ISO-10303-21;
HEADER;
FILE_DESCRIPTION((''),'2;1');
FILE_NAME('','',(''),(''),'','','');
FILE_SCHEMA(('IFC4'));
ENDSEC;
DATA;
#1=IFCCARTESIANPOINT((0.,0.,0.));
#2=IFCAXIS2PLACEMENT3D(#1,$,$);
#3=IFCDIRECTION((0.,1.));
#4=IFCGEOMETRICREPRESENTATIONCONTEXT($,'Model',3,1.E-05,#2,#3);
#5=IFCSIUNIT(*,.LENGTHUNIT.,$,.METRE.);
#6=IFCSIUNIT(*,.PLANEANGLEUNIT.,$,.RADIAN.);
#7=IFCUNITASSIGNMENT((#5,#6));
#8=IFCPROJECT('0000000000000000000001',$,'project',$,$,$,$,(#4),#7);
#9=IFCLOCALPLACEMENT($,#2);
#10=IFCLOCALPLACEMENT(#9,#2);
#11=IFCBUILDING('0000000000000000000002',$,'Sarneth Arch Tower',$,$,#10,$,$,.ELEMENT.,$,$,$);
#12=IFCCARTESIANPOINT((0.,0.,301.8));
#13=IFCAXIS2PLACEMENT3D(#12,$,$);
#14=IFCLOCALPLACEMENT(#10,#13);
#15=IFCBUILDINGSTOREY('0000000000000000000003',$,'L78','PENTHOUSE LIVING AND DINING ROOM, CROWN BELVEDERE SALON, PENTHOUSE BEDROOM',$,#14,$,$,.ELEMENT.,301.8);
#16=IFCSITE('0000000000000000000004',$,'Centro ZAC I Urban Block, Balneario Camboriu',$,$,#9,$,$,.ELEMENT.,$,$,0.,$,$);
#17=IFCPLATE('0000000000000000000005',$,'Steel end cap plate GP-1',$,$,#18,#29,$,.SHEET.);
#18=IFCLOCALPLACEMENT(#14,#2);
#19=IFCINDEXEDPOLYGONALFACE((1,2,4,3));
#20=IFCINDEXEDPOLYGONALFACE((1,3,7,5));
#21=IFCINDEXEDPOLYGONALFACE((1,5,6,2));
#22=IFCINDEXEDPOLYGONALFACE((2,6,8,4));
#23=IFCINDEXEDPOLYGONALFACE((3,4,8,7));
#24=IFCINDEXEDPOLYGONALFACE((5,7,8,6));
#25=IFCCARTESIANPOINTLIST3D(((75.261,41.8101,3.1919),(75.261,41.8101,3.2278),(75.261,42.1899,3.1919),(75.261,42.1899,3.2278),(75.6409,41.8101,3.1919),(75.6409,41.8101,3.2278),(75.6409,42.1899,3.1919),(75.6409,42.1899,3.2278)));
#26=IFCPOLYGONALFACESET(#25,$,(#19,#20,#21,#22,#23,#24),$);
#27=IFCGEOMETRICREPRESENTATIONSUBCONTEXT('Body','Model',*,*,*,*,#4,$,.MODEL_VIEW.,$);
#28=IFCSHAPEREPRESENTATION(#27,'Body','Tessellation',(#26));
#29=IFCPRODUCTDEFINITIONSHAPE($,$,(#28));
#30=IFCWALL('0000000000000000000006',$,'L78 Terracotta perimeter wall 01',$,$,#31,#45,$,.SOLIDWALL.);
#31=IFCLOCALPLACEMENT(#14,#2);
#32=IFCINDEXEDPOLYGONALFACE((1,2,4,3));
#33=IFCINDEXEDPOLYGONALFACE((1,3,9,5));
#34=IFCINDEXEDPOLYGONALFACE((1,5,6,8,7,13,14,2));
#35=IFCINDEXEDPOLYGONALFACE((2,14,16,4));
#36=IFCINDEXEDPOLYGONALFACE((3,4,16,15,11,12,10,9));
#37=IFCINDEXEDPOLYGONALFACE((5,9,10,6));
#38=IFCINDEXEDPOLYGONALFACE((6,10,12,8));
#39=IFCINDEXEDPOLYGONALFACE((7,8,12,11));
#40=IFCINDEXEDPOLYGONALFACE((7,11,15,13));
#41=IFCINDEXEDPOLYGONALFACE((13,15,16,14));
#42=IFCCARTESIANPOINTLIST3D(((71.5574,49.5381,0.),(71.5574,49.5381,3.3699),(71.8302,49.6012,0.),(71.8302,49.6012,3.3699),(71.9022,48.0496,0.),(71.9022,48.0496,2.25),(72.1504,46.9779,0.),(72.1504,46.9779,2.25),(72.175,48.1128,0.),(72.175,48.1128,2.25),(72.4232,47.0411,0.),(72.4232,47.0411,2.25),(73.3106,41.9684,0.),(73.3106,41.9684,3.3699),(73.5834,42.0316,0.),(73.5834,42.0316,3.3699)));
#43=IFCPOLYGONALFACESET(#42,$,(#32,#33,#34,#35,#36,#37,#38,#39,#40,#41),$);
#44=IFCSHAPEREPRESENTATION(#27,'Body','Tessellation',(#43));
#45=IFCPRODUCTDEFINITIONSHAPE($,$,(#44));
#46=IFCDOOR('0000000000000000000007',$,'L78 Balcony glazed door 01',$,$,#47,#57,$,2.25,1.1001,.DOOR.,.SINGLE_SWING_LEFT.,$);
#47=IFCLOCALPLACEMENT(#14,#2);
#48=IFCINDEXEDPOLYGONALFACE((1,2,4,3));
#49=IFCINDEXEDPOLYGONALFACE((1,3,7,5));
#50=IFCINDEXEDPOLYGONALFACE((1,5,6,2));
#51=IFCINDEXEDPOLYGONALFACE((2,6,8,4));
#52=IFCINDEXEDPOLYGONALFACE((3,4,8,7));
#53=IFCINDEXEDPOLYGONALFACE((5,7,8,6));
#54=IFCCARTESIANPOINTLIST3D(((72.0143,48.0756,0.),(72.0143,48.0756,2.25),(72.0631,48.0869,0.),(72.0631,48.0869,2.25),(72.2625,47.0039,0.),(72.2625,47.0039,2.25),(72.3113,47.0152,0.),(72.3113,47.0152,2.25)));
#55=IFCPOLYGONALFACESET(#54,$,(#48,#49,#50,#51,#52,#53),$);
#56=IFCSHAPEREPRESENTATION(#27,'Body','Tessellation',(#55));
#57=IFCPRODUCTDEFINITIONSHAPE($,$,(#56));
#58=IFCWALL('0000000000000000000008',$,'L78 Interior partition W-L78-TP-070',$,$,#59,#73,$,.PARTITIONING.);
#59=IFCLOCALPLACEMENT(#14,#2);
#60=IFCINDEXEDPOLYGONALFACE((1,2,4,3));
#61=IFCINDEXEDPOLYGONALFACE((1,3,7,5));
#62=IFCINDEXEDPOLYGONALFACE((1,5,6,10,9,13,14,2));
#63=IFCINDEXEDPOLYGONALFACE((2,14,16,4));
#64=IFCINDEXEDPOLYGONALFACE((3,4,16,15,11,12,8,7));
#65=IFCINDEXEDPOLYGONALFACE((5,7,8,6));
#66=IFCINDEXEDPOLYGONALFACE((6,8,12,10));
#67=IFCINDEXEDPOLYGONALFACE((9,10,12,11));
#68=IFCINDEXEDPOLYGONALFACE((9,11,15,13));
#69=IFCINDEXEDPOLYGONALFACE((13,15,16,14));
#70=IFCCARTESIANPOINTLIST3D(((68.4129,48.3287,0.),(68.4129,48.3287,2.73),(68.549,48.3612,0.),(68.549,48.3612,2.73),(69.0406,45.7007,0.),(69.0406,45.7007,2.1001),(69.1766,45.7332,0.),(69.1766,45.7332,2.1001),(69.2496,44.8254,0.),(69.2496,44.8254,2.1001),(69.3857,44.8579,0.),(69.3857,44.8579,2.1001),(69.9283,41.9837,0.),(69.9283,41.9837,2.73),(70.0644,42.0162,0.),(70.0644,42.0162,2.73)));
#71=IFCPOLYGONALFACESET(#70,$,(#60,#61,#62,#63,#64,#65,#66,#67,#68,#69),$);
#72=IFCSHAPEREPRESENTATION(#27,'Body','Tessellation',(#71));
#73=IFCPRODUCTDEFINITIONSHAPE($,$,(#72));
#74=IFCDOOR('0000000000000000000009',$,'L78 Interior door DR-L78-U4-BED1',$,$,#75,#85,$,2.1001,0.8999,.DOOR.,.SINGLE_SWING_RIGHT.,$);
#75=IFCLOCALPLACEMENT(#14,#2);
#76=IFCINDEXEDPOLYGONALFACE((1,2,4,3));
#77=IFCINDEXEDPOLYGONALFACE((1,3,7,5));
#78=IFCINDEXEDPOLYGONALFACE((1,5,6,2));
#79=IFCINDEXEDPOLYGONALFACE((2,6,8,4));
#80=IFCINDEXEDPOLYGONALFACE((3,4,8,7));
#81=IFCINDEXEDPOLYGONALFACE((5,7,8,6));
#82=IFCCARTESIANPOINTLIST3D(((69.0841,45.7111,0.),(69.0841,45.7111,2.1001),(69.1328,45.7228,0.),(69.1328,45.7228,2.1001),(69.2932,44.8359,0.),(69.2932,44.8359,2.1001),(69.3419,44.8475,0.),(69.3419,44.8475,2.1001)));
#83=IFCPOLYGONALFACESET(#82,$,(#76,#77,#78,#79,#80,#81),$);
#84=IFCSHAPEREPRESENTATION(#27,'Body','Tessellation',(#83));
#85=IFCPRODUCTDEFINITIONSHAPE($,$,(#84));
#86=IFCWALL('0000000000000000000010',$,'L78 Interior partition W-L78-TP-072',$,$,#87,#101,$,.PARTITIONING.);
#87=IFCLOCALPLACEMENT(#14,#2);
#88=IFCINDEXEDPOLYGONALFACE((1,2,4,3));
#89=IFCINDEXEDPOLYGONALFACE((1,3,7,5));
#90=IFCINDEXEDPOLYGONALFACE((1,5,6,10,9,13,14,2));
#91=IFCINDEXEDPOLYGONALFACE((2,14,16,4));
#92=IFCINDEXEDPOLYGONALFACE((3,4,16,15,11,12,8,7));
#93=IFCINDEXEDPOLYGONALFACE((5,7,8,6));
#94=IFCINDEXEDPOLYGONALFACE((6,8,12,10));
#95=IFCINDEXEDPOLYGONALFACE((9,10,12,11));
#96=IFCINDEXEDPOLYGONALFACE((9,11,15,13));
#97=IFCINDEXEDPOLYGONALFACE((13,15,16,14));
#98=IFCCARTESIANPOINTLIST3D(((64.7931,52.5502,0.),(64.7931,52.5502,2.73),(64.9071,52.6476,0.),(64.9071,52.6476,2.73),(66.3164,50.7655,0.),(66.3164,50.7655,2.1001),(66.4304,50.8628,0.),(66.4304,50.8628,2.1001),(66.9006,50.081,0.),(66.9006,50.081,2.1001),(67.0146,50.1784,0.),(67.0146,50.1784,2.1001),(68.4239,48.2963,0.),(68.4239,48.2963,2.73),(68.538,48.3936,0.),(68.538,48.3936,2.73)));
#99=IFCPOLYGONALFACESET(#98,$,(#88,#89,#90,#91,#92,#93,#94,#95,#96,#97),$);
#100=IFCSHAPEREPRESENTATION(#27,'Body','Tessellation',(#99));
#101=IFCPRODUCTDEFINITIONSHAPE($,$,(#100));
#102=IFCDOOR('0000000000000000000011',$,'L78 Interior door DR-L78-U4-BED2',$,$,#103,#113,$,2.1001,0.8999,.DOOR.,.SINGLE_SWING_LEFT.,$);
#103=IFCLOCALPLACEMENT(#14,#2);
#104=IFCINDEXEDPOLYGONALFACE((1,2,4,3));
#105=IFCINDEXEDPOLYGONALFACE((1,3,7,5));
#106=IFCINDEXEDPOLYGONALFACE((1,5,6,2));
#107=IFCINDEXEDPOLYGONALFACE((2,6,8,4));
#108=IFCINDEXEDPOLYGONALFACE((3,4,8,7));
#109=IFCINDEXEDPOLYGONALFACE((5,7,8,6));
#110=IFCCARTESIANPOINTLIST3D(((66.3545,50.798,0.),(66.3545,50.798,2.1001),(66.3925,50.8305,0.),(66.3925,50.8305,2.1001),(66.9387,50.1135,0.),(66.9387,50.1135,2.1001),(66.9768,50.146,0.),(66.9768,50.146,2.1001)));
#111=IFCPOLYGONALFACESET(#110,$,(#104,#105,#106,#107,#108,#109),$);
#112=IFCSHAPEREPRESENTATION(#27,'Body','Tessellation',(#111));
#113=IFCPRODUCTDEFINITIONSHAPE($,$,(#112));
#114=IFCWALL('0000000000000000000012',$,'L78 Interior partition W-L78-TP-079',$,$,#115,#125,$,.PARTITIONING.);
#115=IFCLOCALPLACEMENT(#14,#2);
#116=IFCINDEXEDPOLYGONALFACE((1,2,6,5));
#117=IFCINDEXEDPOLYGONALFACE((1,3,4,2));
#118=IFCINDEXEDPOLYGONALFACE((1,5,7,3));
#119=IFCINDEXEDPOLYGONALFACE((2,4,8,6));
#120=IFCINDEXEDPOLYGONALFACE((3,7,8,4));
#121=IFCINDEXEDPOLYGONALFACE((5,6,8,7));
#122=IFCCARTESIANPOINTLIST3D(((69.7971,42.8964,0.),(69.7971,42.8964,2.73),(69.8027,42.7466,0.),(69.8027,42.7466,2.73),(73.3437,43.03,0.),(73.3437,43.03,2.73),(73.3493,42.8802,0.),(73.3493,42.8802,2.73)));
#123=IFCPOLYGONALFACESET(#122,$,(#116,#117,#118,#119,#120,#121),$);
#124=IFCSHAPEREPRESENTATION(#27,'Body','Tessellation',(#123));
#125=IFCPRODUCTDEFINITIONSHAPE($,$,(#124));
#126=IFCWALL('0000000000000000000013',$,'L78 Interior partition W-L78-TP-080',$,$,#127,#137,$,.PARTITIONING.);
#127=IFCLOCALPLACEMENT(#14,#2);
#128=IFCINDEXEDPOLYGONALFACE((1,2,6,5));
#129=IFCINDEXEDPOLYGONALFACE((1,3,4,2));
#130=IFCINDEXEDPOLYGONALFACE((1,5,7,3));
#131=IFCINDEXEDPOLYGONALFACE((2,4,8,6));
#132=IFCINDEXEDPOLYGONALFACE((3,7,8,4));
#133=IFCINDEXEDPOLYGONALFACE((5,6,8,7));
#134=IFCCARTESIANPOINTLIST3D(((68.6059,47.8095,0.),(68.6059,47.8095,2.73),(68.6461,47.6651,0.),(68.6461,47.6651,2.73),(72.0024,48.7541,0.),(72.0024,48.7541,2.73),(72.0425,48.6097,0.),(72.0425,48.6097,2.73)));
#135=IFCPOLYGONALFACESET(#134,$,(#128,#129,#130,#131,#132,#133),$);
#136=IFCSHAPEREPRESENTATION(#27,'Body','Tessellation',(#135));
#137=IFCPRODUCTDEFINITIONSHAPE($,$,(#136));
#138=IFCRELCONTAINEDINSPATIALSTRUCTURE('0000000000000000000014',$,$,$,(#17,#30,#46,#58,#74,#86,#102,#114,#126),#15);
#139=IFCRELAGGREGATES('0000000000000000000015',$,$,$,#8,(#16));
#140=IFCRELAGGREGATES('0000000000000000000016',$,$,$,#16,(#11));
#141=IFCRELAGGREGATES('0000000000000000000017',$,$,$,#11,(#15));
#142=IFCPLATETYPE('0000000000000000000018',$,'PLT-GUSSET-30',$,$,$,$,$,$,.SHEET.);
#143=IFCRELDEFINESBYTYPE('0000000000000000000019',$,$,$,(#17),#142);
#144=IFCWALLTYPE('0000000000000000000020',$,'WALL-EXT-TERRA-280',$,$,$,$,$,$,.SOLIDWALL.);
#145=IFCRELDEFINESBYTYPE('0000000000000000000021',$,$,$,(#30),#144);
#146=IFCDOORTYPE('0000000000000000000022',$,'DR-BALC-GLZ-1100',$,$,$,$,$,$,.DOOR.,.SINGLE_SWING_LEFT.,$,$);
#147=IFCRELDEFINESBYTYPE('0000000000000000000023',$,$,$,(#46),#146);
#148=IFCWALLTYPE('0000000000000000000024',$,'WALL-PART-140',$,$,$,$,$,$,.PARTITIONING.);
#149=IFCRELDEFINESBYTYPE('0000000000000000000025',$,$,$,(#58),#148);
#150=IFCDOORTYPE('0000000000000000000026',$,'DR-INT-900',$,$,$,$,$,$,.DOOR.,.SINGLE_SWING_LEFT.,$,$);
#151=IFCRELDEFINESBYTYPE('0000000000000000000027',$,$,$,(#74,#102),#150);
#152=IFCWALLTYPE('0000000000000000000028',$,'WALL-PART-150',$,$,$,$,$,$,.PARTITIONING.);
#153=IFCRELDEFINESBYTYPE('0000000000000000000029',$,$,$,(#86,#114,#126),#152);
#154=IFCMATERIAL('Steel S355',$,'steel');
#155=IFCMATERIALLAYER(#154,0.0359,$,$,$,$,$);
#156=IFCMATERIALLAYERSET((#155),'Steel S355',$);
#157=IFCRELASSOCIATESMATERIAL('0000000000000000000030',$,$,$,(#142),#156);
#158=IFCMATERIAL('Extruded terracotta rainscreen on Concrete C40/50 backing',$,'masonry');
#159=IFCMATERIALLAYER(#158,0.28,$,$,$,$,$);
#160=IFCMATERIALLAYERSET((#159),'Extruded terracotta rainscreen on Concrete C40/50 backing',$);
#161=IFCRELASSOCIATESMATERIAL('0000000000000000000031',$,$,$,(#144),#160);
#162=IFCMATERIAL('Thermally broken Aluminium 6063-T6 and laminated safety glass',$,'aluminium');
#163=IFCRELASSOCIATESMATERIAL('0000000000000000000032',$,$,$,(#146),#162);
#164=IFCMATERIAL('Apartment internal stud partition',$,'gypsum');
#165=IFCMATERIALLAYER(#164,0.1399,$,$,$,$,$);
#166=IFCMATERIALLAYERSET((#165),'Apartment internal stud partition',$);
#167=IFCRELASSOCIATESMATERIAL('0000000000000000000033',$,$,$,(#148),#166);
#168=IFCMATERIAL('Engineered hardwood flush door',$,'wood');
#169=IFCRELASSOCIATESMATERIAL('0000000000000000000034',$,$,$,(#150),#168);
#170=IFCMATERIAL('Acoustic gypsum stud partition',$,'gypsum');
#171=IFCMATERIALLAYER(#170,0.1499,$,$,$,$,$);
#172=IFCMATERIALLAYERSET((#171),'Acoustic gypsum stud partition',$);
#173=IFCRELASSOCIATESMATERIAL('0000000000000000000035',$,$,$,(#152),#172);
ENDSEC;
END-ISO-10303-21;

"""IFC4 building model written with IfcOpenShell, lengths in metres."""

from ifc_helpers import new_model, si_unit, direction, frame, frame_2d, origin, origin_2d, place, context, subcontext, project, spatial, rectangle, extrude, material, layer, layer_set, type_object, element, fill, save


model = new_model("IFC4")

# Units and contexts
model_context = context("Model", 3, precision=1e-05, world=origin(), true_north=direction((0.0, 1.0)))
body_context = subcontext(model_context, "Body", "Model", "MODEL_VIEW")
ifc_project = project(units=[si_unit("LENGTHUNIT", "METRE"), si_unit("PLANEANGLEUNIT", "RADIAN")], contexts=[model_context])

# Site, building, storey
site_placement = place(None, origin())
site = spatial("IfcSite", under=ifc_project, at=site_placement, Name="Centro ZAC I Urban Block, Balneario Camboriu", CompositionType="ELEMENT", RefElevation=0.0)
building_placement = place(site_placement, origin())
building = spatial("IfcBuilding", under=site, at=building_placement, Name="Sarneth Arch Tower", CompositionType="ELEMENT")
storey_placement = place(building_placement, frame((0.0, 0.0, 301.8)))
storey = spatial("IfcBuildingStorey", under=building, at=storey_placement, Name="L78", Description="PENTHOUSE LIVING AND DINING ROOM, CROWN BELVEDERE SALON, PENTHOUSE BEDROOM", CompositionType="ELEMENT", Elevation=301.8)

# Plate
ifc_material_1 = material(Name="Steel S355", Category="steel")
ifc_layer_1 = layer(ifc_material_1, 0.0359)
ifc_layer_set_1 = layer_set([ifc_layer_1], Name="Steel S355")
plate_type_1 = type_object("IfcPlateType", Name="PLT-GUSSET-30", PredefinedType="SHEET", material=ifc_layer_set_1)
plate_1_placement = place(storey_placement, frame((75.4509, 42.0, 3.1919), z_axis=(0.0, 0.0, 1.0), x_axis=(1.0, 0.0, 0.0)))
element("IfcPlate", 1, at=plate_1_placement, inside=storey, type_object=plate_type_1, Name="Steel end cap plate GP-1", PredefinedType="SHEET", context=body_context, shape_type="SweptSolid", body=[
    extrude(rectangle(XDim=0.3799, YDim=0.3799, at=origin_2d()), origin(), (0.0, 0.0, 1.0), 0.0359),
])

# Walls, openings, doors
ifc_material_2 = material(Name="Extruded terracotta rainscreen on Concrete C40/50 backing", Category="masonry")
ifc_layer_2 = layer(ifc_material_2, 0.28)
ifc_layer_set_2 = layer_set([ifc_layer_2], Name="Extruded terracotta rainscreen on Concrete C40/50 backing")
wall_type_1 = type_object("IfcWallType", Name="WALL-EXT-TERRA-280", PredefinedType="SOLIDWALL", material=ifc_layer_set_2)
wall_1_placement = place(storey_placement, frame((73.447, 42.0, 0.0), z_axis=(0.0, 0.0, 1.0), x_axis=(-0.225635, 0.974212, 0.0)))
wall_1 = element("IfcWall", 2, at=wall_1_placement, inside=storey, type_object=wall_type_1, Name="L78 Terracotta perimeter wall 01", PredefinedType="SOLIDWALL", context=body_context, shape_type="SweptSolid", body=[
    extrude(rectangle(XDim=7.77, YDim=0.28, at=frame_2d((3.885, 0.0))), origin(), (0.0, 0.0, 1.0), 3.3699),
])
opening_1_placement = place(wall_1_placement, frame((5.1421, 0.0, 0.0)))
opening_1 = element("IfcOpeningElement", 3, at=opening_1_placement, cuts=wall_1, PredefinedType="OPENING", context=body_context, shape_type="SweptSolid", body=[
    extrude(rectangle(XDim=1.1001, YDim=2.25, at=frame_2d((0.55, 1.125))), frame((0.0, 0.1499, 0.0), z_axis=(0.0, -1.0, 0.0), x_axis=(1.0, 0.0, 0.0)), (0.0, 0.0, 1.0), 0.3),
])
ifc_material_3 = material(Name="Thermally broken Aluminium 6063-T6 and laminated safety glass", Category="aluminium")
door_type_1 = type_object("IfcDoorType", Name="DR-BALC-GLZ-1100", OperationType="SINGLE_SWING_LEFT", PredefinedType="DOOR", material=ifc_material_3)
door_1_placement = place(opening_1_placement, origin())
door_1 = element("IfcDoor", 4, at=door_1_placement, inside=storey, type_object=door_type_1, Name="L78 Balcony glazed door 01", OperationType="SINGLE_SWING_LEFT", OverallHeight=2.25, OverallWidth=1.1001, PredefinedType="DOOR", context=body_context, shape_type="SweptSolid", body=[
    extrude(rectangle(XDim=1.1001, YDim=2.25, at=frame_2d((0.55, 1.125))), frame((0.0, 0.0249, 0.0), z_axis=(0.0, -1.0, 0.0), x_axis=(1.0, 0.0, 0.0)), (0.0, 0.0, 1.0), 0.05),
])
fill(opening_1, door_1)
ifc_material_4 = material(Name="Apartment internal stud partition", Category="gypsum")
ifc_layer_3 = layer(ifc_material_4, 0.1399)
ifc_layer_set_3 = layer_set([ifc_layer_3], Name="Apartment internal stud partition")
wall_type_2 = type_object("IfcWallType", Name="WALL-PART-140", PredefinedType="PARTITIONING", material=ifc_layer_set_3)
wall_2_placement = place(storey_placement, frame((68.481, 48.345, 0.0), z_axis=(0.0, 0.0, 1.0), x_axis=(0.232298, -0.972645, 0.0)))
wall_2 = element("IfcWall", 5, at=wall_2_placement, inside=storey, type_object=wall_type_2, Name="L78 Interior partition W-L78-TP-070", PredefinedType="PARTITIONING", context=body_context, shape_type="SweptSolid", body=[
    extrude(rectangle(XDim=6.5234, YDim=0.1399, at=frame_2d((3.2617, 0.0))), origin(), (0.0, 0.0, 1.0), 2.73),
])
opening_2_placement = place(wall_2_placement, frame((2.7019, 0.0, 0.0)))
opening_2 = element("IfcOpeningElement", 6, at=opening_2_placement, cuts=wall_2, PredefinedType="OPENING", context=body_context, shape_type="SweptSolid", body=[
    extrude(rectangle(XDim=0.8999, YDim=2.1001, at=frame_2d((0.45, 1.05))), frame((0.0, 0.0798, 0.0), z_axis=(0.0, -1.0, 0.0), x_axis=(1.0, 0.0, 0.0)), (0.0, 0.0, 1.0), 0.1599),
])
ifc_material_5 = material(Name="Engineered hardwood flush door", Category="wood")
door_type_2 = type_object("IfcDoorType", Name="DR-INT-900", OperationType="SINGLE_SWING_LEFT", PredefinedType="DOOR", material=ifc_material_5)
door_2_placement = place(opening_2_placement, origin())
door_2 = element("IfcDoor", 7, at=door_2_placement, inside=storey, type_object=door_type_2, Name="L78 Interior door DR-L78-U4-BED1", OperationType="SINGLE_SWING_RIGHT", OverallHeight=2.1001, OverallWidth=0.8999, PredefinedType="DOOR", context=body_context, shape_type="SweptSolid", body=[
    extrude(rectangle(XDim=0.8999, YDim=2.1001, at=frame_2d((0.45, 1.05))), frame((0.0, 0.0249, 0.0), z_axis=(0.0, -1.0, 0.0), x_axis=(1.0, 0.0, 0.0)), (0.0, 0.0, 1.0), 0.05),
])
fill(opening_2, door_2)
ifc_material_6 = material(Name="Acoustic gypsum stud partition", Category="gypsum")
ifc_layer_4 = layer(ifc_material_6, 0.1499)
ifc_layer_set_4 = layer_set([ifc_layer_4], Name="Acoustic gypsum stud partition")
wall_type_3 = type_object("IfcWallType", Name="WALL-PART-150", PredefinedType="PARTITIONING", material=ifc_layer_set_4)
wall_3_placement = place(storey_placement, frame((68.481, 48.345, 0.0), z_axis=(0.0, 0.0, 1.0), x_axis=(-0.649208, 0.760611, 0.0)))
wall_3 = element("IfcWall", 8, at=wall_3_placement, inside=storey, type_object=wall_type_3, Name="L78 Interior partition W-L78-TP-072", PredefinedType="PARTITIONING", context=body_context, shape_type="SweptSolid", body=[
    extrude(rectangle(XDim=5.5928, YDim=0.1499, at=frame_2d((2.7964, 0.0))), origin(), (0.0, 0.0, 1.0), 2.73),
])
opening_3_placement = place(wall_3_placement, frame((2.3464, 0.0, 0.0)))
opening_3 = element("IfcOpeningElement", 9, at=opening_3_placement, cuts=wall_3, PredefinedType="OPENING", context=body_context, shape_type="SweptSolid", body=[
    extrude(rectangle(XDim=0.8999, YDim=2.1001, at=frame_2d((0.45, 1.05))), frame((0.0, 0.085, 0.0), z_axis=(0.0, -1.0, 0.0), x_axis=(1.0, 0.0, 0.0)), (0.0, 0.0, 1.0), 0.1699),
])
door_3_placement = place(opening_3_placement, origin())
door_3 = element("IfcDoor", 10, at=door_3_placement, inside=storey, type_object=door_type_2, Name="L78 Interior door DR-L78-U4-BED2", OperationType="SINGLE_SWING_LEFT", OverallHeight=2.1001, OverallWidth=0.8999, PredefinedType="DOOR", context=body_context, shape_type="SweptSolid", body=[
    extrude(rectangle(XDim=0.8999, YDim=2.1001, at=frame_2d((0.45, 1.05))), frame((0.0, 0.0249, 0.0), z_axis=(0.0, -1.0, 0.0), x_axis=(1.0, 0.0, 0.0)), (0.0, 0.0, 1.0), 0.05),
])
fill(opening_3, door_3)

# Walls
wall_4_placement = place(storey_placement, frame((69.8, 42.8215, 0.0), z_axis=(0.0, 0.0, 1.0), x_axis=(0.999292, 0.037627, 0.0)))
element("IfcWall", 11, at=wall_4_placement, inside=storey, type_object=wall_type_3, Name="L78 Interior partition W-L78-TP-079", PredefinedType="PARTITIONING", context=body_context, shape_type="SweptSolid", body=[
    extrude(rectangle(XDim=3.5491, YDim=0.1499, at=frame_2d((1.7744, 0.0))), origin(), (0.0, 0.0, 1.0), 2.73),
])
wall_5_placement = place(storey_placement, frame((72.0225, 48.6819, 0.0), z_axis=(0.0, 0.0, 1.0), x_axis=(-0.963437, -0.267937, 0.0)))
element("IfcWall", 12, at=wall_5_placement, inside=storey, type_object=wall_type_3, Name="L78 Interior partition W-L78-TP-080", PredefinedType="PARTITIONING", context=body_context, shape_type="SweptSolid", body=[
    extrude(rectangle(XDim=3.5254, YDim=0.1499, at=frame_2d((1.7627, 0.0))), origin(), (0.0, 0.0, 1.0), 2.73),
])

save(model, "model.ifc")
